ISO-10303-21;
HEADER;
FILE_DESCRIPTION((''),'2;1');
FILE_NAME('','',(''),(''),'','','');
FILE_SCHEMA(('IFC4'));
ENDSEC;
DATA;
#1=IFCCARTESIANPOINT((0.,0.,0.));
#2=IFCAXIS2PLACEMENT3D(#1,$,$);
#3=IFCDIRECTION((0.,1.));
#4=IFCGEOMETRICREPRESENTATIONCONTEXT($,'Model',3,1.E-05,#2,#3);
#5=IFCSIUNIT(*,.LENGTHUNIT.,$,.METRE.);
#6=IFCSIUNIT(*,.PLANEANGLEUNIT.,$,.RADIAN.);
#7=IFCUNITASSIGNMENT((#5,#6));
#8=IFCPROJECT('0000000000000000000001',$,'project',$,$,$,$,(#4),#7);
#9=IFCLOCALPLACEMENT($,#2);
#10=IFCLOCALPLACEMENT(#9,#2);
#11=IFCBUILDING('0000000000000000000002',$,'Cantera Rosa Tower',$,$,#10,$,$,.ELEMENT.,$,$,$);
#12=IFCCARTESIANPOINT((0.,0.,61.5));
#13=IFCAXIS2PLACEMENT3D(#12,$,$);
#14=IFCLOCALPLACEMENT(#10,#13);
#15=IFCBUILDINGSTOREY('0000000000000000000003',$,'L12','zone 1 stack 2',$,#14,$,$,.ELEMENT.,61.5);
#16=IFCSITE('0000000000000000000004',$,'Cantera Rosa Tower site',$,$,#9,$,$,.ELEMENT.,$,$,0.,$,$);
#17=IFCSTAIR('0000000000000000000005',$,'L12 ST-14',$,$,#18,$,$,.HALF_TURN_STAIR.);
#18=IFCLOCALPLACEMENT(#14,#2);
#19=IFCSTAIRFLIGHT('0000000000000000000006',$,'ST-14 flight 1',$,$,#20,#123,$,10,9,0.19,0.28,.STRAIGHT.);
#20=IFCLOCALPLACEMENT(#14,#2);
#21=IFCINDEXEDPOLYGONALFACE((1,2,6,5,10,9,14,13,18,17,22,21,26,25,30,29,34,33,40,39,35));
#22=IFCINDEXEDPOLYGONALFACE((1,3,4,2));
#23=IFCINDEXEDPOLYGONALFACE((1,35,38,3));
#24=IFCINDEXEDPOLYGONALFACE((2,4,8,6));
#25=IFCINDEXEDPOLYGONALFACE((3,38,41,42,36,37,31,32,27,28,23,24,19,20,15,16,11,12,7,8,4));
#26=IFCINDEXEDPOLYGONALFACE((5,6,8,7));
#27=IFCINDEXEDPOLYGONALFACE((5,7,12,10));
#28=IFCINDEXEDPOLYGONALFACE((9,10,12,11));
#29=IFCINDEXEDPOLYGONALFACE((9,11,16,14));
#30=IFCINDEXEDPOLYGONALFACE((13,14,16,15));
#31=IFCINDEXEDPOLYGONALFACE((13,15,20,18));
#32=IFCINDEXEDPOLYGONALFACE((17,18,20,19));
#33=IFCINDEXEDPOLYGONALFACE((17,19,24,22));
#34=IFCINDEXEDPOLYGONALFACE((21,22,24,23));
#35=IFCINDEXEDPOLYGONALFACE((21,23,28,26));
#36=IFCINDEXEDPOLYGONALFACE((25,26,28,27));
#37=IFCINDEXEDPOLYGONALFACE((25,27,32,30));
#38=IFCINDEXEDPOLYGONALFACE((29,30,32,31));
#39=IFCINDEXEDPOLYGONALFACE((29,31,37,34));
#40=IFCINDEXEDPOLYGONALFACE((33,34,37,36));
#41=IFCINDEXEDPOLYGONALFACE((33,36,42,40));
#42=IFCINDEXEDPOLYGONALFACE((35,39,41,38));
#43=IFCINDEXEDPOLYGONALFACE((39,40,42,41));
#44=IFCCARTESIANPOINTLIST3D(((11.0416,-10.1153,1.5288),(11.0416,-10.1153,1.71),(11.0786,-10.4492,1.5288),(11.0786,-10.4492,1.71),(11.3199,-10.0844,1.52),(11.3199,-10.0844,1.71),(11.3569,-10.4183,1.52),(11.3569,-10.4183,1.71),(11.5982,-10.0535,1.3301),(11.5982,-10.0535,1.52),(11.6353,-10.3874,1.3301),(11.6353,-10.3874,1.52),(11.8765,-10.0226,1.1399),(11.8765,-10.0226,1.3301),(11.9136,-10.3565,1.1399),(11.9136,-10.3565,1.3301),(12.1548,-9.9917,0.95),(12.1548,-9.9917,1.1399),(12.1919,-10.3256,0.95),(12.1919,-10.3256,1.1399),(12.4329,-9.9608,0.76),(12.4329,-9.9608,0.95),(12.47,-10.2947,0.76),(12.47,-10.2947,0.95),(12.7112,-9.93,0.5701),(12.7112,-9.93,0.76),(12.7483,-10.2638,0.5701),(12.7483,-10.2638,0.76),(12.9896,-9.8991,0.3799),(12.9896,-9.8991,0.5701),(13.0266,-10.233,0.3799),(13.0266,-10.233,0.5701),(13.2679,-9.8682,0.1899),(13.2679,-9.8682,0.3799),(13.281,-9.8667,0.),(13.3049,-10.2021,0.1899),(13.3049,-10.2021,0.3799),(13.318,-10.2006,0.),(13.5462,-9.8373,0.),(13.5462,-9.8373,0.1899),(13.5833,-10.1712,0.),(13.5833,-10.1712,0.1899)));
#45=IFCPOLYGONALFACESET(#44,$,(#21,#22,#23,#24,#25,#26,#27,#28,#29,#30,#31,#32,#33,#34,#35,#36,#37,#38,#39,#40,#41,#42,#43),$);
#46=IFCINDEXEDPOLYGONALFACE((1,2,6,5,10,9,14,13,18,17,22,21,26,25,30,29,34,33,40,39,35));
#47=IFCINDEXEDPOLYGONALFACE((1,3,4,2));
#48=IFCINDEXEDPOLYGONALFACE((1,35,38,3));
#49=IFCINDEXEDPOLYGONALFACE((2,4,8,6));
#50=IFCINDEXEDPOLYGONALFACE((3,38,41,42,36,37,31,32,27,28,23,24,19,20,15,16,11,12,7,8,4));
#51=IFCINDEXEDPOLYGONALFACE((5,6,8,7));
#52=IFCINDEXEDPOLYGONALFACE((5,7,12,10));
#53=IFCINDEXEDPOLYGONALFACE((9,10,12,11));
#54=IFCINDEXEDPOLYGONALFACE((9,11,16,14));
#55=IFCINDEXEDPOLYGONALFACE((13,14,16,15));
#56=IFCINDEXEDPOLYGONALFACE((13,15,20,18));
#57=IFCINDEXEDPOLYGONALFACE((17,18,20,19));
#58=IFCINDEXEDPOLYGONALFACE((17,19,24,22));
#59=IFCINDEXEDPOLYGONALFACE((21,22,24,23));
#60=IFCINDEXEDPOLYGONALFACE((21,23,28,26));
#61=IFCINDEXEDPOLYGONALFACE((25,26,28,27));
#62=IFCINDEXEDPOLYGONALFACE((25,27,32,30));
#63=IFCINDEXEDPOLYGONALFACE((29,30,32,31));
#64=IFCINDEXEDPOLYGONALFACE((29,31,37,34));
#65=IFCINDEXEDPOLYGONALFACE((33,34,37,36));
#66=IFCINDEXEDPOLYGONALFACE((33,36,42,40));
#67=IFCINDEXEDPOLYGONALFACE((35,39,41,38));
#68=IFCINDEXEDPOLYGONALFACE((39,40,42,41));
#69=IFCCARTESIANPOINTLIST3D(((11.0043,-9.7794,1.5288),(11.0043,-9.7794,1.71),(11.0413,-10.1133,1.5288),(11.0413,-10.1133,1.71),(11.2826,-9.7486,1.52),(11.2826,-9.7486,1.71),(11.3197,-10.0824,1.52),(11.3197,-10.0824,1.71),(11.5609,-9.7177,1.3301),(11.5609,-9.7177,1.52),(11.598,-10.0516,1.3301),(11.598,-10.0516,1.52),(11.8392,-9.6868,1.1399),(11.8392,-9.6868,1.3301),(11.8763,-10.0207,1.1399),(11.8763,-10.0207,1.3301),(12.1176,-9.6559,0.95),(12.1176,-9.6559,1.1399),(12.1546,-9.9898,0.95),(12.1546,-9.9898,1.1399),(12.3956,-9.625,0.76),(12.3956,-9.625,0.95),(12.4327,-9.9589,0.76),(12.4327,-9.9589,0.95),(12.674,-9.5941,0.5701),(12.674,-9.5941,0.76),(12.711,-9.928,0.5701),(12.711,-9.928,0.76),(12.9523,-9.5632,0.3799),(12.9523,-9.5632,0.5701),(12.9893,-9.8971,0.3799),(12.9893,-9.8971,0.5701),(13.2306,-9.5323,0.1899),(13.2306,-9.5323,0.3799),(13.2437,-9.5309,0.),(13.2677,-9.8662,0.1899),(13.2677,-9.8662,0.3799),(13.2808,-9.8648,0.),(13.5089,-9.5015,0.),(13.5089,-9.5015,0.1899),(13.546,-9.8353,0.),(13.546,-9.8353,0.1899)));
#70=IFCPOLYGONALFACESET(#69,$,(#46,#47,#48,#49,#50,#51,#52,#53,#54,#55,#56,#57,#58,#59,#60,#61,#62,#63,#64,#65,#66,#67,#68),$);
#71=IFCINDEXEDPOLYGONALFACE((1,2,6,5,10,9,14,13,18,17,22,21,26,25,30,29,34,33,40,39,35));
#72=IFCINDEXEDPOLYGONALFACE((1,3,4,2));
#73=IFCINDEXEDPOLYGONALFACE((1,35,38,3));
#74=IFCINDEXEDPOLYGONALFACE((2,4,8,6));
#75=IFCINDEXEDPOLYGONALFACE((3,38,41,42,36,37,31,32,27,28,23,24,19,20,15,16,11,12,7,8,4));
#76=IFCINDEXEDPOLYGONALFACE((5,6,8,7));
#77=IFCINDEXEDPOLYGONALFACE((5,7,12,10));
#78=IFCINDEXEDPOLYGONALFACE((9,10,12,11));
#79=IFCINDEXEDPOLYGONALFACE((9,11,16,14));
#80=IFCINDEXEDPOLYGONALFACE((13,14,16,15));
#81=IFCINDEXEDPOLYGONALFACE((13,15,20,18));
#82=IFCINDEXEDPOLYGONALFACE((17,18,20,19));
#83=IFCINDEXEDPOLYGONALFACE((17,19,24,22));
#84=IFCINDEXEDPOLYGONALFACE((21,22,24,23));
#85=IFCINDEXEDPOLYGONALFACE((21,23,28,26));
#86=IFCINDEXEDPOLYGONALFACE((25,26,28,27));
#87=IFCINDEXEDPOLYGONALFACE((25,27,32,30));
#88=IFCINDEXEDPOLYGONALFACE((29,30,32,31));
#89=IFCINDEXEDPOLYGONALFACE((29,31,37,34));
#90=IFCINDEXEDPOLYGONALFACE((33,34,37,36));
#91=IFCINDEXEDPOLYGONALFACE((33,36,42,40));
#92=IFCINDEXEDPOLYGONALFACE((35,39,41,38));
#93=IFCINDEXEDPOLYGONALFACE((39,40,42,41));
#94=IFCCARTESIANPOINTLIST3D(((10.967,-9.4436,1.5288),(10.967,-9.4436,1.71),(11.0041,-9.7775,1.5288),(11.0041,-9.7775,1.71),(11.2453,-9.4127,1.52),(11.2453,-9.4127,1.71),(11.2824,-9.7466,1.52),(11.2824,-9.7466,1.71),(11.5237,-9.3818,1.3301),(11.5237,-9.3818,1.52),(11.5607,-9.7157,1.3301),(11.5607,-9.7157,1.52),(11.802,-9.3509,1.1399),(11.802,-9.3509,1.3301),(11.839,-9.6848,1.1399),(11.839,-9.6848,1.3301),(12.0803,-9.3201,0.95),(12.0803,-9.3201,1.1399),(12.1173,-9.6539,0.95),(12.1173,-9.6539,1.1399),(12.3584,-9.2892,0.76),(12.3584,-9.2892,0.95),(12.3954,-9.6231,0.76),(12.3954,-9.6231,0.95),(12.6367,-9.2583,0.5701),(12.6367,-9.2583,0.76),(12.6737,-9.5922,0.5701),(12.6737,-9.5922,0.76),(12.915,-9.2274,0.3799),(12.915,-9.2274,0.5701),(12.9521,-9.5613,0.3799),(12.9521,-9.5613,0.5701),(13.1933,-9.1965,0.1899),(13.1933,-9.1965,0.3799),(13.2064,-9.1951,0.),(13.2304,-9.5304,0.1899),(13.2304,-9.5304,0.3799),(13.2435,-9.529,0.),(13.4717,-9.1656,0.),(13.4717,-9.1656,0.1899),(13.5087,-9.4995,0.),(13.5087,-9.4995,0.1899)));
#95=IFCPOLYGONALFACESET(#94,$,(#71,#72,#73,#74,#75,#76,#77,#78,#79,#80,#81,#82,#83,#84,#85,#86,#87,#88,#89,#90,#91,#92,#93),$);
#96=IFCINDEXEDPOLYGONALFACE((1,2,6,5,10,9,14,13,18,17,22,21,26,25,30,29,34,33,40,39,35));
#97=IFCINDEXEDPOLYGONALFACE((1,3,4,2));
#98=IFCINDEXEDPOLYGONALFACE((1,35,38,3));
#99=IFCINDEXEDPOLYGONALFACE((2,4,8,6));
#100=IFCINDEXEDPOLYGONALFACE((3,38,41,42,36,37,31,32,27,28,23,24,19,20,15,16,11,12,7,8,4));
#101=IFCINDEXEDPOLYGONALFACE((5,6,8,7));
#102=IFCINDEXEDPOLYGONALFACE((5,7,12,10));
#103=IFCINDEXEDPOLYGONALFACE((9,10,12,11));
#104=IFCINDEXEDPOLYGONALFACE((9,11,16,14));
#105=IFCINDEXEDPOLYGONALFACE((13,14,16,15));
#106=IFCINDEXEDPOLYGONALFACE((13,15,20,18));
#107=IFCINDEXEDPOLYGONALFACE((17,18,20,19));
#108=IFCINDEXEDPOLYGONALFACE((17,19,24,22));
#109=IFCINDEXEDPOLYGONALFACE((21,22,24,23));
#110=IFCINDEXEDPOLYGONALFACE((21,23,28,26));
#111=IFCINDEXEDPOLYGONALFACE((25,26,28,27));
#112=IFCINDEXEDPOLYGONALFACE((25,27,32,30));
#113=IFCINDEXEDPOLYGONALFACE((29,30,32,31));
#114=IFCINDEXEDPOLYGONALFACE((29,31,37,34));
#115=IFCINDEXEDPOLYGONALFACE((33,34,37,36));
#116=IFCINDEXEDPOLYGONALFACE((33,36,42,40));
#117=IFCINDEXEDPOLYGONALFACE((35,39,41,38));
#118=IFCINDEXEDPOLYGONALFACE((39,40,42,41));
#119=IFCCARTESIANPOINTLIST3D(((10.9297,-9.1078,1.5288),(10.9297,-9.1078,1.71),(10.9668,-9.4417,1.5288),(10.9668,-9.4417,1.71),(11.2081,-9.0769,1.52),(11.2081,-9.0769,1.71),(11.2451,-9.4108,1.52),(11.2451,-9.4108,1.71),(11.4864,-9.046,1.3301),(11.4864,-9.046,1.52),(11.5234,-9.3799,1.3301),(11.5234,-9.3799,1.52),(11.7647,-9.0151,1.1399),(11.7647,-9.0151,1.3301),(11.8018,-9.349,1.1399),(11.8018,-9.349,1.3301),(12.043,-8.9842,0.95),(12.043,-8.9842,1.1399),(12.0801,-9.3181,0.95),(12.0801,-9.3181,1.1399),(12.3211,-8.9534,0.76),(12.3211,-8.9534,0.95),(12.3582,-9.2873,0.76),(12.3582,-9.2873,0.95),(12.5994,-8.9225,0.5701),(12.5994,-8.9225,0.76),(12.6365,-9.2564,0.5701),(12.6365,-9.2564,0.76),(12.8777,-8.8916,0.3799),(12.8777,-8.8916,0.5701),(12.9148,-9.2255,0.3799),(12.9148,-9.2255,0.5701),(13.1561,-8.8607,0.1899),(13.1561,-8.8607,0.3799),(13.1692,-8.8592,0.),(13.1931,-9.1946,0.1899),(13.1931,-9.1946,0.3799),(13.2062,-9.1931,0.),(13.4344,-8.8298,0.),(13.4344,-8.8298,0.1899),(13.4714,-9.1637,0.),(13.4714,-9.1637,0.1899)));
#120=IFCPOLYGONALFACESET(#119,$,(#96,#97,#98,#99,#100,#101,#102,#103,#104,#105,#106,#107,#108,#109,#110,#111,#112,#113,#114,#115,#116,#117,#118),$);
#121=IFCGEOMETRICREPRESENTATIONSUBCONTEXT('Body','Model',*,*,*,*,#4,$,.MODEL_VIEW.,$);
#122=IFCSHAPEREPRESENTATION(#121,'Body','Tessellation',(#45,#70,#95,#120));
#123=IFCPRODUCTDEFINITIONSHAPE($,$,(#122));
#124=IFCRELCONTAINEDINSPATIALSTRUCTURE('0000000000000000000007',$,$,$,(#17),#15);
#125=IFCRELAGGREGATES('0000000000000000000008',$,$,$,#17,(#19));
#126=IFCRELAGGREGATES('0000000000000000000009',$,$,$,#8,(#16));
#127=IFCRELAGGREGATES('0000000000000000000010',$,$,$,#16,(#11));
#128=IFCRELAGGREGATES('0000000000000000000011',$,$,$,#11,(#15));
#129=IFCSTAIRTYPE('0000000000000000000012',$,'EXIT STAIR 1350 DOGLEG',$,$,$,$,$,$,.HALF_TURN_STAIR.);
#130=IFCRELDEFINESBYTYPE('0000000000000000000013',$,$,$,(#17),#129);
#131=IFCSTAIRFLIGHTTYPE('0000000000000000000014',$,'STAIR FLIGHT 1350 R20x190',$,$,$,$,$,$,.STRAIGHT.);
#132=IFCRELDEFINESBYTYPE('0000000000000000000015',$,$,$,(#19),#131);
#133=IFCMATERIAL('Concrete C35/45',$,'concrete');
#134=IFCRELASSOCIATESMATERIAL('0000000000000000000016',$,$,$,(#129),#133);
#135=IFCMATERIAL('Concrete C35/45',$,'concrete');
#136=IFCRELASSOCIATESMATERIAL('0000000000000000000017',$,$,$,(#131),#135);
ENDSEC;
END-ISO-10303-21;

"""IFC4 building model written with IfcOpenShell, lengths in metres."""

from ifc_helpers import new_model, si_unit, direction, frame, origin, place, context, subcontext, project, spatial, polyline, outline, extrude, material, type_object, element, aggregate, save


model = new_model("IFC4")

# Units and contexts
model_context = context("Model", 3, precision=1e-05, world=origin(), true_north=direction((0.0, 1.0)))
body_context = subcontext(model_context, "Body", "Model", "MODEL_VIEW")
ifc_project = project(units=[si_unit("LENGTHUNIT", "METRE"), si_unit("PLANEANGLEUNIT", "RADIAN")], contexts=[model_context])

# Site, building, storey
site_placement = place(None, origin())
site = spatial("IfcSite", under=ifc_project, at=site_placement, Name="Cantera Rosa Tower site", CompositionType="ELEMENT", RefElevation=0.0)
building_placement = place(site_placement, origin())
building = spatial("IfcBuilding", under=site, at=building_placement, Name="Cantera Rosa Tower", CompositionType="ELEMENT")
storey_placement = place(building_placement, frame((0.0, 0.0, 61.5)))
storey = spatial("IfcBuildingStorey", under=building, at=storey_placement, Name="L12", Description="zone 1 stack 2", CompositionType="ELEMENT", Elevation=61.5)

# Stair, stair flight
ifc_material_1 = material(Name="Concrete C35/45", Category="concrete")
stair_type = type_object("IfcStairType", Name="EXIT STAIR 1350 DOGLEG", PredefinedType="HALF_TURN_STAIR", material=ifc_material_1)
stair_placement = place(storey_placement, origin())
stair = element("IfcStair", 1, at=stair_placement, inside=storey, type_object=stair_type, Name="L12 ST-14", PredefinedType="HALF_TURN_STAIR")
ifc_material_2 = material(Name="Concrete C35/45", Category="concrete")
stair_flight_type = type_object("IfcStairFlightType", Name="STAIR FLIGHT 1350 R20x190", PredefinedType="STRAIGHT", material=ifc_material_2)
stair_flight_placement = place(storey_placement, frame((13.5088, -9.5002, 0.0), z_axis=(0.0, 0.0, 1.0), x_axis=(-0.993897, -0.110313, 0.0)))
stair_flight = element("IfcStairFlight", 2, at=stair_flight_placement, type_object=stair_flight_type, Name="ST-14 flight 1", NumberOfRisers=10, NumberOfTreads=9, PredefinedType="STRAIGHT", RiserHeight=0.19, TreadLength=0.28, context=body_context, shape_type="SweptSolid", body=[
    extrude(outline(polyline([(0.0, 0.0), (0.0, 0.1899), (0.28, 0.1899), (0.28, 0.3799), (0.5601, 0.3799), (0.5601, 0.5701), (0.8401, 0.5701), (0.8401, 0.76), (1.1201, 0.76), (1.1201, 0.95), (1.3999, 0.95), (1.3999, 1.1399), (1.6799, 1.1399), (1.6799, 1.3301), (1.96, 1.3301), (1.96, 1.52), (2.24, 1.52), (2.24, 1.71), (2.52, 1.71), (2.52, 1.8999), (2.52, 1.5288), (0.2668, 0.0), (0.0, 0.0)])), frame((0.0, 0.675, 0.0), z_axis=(0.0, -1.0, 0.0), x_axis=(1.0, 0.0, 0.0)), (0.0, 0.0, 1.0), 0.3359),
    extrude(outline(polyline([(0.0, 0.0), (0.0, 0.1899), (0.28, 0.1899), (0.28, 0.3799), (0.5601, 0.3799), (0.5601, 0.5701), (0.8401, 0.5701), (0.8401, 0.76), (1.1201, 0.76), (1.1201, 0.95), (1.3999, 0.95), (1.3999, 1.1399), (1.6799, 1.1399), (1.6799, 1.3301), (1.96, 1.3301), (1.96, 1.52), (2.24, 1.52), (2.24, 1.71), (2.52, 1.71), (2.52, 1.8999), (2.52, 1.5288), (0.2668, 0.0), (0.0, 0.0)])), frame((0.0, 0.3372, 0.0), z_axis=(0.0, -1.0, 0.0), x_axis=(1.0, 0.0, 0.0)), (0.0, 0.0, 1.0), 0.3359),
    extrude(outline(polyline([(0.0, 0.0), (0.0, 0.1899), (0.28, 0.1899), (0.28, 0.3799), (0.5601, 0.3799), (0.5601, 0.5701), (0.8401, 0.5701), (0.8401, 0.76), (1.1201, 0.76), (1.1201, 0.95), (1.3999, 0.95), (1.3999, 1.1399), (1.6799, 1.1399), (1.6799, 1.3301), (1.96, 1.3301), (1.96, 1.52), (2.24, 1.52), (2.24, 1.71), (2.52, 1.71), (2.52, 1.8999), (2.52, 1.5288), (0.2668, 0.0), (0.0, 0.0)])), frame((0.0, -0.0007, 0.0), z_axis=(0.0, -1.0, 0.0), x_axis=(1.0, 0.0, 0.0)), (0.0, 0.0, 1.0), 0.3359),
    extrude(outline(polyline([(0.0, 0.0), (0.0, 0.1899), (0.28, 0.1899), (0.28, 0.3799), (0.5601, 0.3799), (0.5601, 0.5701), (0.8401, 0.5701), (0.8401, 0.76), (1.1201, 0.76), (1.1201, 0.95), (1.3999, 0.95), (1.3999, 1.1399), (1.6799, 1.1399), (1.6799, 1.3301), (1.96, 1.3301), (1.96, 1.52), (2.24, 1.52), (2.24, 1.71), (2.52, 1.71), (2.52, 1.8999), (2.52, 1.5288), (0.2668, 0.0), (0.0, 0.0)])), frame((0.0, -0.3386, 0.0), z_axis=(0.0, -1.0, 0.0), x_axis=(1.0, 0.0, 0.0)), (0.0, 0.0, 1.0), 0.3359),
])
aggregate(stair, [stair_flight])

save(model, "model.ifc")
